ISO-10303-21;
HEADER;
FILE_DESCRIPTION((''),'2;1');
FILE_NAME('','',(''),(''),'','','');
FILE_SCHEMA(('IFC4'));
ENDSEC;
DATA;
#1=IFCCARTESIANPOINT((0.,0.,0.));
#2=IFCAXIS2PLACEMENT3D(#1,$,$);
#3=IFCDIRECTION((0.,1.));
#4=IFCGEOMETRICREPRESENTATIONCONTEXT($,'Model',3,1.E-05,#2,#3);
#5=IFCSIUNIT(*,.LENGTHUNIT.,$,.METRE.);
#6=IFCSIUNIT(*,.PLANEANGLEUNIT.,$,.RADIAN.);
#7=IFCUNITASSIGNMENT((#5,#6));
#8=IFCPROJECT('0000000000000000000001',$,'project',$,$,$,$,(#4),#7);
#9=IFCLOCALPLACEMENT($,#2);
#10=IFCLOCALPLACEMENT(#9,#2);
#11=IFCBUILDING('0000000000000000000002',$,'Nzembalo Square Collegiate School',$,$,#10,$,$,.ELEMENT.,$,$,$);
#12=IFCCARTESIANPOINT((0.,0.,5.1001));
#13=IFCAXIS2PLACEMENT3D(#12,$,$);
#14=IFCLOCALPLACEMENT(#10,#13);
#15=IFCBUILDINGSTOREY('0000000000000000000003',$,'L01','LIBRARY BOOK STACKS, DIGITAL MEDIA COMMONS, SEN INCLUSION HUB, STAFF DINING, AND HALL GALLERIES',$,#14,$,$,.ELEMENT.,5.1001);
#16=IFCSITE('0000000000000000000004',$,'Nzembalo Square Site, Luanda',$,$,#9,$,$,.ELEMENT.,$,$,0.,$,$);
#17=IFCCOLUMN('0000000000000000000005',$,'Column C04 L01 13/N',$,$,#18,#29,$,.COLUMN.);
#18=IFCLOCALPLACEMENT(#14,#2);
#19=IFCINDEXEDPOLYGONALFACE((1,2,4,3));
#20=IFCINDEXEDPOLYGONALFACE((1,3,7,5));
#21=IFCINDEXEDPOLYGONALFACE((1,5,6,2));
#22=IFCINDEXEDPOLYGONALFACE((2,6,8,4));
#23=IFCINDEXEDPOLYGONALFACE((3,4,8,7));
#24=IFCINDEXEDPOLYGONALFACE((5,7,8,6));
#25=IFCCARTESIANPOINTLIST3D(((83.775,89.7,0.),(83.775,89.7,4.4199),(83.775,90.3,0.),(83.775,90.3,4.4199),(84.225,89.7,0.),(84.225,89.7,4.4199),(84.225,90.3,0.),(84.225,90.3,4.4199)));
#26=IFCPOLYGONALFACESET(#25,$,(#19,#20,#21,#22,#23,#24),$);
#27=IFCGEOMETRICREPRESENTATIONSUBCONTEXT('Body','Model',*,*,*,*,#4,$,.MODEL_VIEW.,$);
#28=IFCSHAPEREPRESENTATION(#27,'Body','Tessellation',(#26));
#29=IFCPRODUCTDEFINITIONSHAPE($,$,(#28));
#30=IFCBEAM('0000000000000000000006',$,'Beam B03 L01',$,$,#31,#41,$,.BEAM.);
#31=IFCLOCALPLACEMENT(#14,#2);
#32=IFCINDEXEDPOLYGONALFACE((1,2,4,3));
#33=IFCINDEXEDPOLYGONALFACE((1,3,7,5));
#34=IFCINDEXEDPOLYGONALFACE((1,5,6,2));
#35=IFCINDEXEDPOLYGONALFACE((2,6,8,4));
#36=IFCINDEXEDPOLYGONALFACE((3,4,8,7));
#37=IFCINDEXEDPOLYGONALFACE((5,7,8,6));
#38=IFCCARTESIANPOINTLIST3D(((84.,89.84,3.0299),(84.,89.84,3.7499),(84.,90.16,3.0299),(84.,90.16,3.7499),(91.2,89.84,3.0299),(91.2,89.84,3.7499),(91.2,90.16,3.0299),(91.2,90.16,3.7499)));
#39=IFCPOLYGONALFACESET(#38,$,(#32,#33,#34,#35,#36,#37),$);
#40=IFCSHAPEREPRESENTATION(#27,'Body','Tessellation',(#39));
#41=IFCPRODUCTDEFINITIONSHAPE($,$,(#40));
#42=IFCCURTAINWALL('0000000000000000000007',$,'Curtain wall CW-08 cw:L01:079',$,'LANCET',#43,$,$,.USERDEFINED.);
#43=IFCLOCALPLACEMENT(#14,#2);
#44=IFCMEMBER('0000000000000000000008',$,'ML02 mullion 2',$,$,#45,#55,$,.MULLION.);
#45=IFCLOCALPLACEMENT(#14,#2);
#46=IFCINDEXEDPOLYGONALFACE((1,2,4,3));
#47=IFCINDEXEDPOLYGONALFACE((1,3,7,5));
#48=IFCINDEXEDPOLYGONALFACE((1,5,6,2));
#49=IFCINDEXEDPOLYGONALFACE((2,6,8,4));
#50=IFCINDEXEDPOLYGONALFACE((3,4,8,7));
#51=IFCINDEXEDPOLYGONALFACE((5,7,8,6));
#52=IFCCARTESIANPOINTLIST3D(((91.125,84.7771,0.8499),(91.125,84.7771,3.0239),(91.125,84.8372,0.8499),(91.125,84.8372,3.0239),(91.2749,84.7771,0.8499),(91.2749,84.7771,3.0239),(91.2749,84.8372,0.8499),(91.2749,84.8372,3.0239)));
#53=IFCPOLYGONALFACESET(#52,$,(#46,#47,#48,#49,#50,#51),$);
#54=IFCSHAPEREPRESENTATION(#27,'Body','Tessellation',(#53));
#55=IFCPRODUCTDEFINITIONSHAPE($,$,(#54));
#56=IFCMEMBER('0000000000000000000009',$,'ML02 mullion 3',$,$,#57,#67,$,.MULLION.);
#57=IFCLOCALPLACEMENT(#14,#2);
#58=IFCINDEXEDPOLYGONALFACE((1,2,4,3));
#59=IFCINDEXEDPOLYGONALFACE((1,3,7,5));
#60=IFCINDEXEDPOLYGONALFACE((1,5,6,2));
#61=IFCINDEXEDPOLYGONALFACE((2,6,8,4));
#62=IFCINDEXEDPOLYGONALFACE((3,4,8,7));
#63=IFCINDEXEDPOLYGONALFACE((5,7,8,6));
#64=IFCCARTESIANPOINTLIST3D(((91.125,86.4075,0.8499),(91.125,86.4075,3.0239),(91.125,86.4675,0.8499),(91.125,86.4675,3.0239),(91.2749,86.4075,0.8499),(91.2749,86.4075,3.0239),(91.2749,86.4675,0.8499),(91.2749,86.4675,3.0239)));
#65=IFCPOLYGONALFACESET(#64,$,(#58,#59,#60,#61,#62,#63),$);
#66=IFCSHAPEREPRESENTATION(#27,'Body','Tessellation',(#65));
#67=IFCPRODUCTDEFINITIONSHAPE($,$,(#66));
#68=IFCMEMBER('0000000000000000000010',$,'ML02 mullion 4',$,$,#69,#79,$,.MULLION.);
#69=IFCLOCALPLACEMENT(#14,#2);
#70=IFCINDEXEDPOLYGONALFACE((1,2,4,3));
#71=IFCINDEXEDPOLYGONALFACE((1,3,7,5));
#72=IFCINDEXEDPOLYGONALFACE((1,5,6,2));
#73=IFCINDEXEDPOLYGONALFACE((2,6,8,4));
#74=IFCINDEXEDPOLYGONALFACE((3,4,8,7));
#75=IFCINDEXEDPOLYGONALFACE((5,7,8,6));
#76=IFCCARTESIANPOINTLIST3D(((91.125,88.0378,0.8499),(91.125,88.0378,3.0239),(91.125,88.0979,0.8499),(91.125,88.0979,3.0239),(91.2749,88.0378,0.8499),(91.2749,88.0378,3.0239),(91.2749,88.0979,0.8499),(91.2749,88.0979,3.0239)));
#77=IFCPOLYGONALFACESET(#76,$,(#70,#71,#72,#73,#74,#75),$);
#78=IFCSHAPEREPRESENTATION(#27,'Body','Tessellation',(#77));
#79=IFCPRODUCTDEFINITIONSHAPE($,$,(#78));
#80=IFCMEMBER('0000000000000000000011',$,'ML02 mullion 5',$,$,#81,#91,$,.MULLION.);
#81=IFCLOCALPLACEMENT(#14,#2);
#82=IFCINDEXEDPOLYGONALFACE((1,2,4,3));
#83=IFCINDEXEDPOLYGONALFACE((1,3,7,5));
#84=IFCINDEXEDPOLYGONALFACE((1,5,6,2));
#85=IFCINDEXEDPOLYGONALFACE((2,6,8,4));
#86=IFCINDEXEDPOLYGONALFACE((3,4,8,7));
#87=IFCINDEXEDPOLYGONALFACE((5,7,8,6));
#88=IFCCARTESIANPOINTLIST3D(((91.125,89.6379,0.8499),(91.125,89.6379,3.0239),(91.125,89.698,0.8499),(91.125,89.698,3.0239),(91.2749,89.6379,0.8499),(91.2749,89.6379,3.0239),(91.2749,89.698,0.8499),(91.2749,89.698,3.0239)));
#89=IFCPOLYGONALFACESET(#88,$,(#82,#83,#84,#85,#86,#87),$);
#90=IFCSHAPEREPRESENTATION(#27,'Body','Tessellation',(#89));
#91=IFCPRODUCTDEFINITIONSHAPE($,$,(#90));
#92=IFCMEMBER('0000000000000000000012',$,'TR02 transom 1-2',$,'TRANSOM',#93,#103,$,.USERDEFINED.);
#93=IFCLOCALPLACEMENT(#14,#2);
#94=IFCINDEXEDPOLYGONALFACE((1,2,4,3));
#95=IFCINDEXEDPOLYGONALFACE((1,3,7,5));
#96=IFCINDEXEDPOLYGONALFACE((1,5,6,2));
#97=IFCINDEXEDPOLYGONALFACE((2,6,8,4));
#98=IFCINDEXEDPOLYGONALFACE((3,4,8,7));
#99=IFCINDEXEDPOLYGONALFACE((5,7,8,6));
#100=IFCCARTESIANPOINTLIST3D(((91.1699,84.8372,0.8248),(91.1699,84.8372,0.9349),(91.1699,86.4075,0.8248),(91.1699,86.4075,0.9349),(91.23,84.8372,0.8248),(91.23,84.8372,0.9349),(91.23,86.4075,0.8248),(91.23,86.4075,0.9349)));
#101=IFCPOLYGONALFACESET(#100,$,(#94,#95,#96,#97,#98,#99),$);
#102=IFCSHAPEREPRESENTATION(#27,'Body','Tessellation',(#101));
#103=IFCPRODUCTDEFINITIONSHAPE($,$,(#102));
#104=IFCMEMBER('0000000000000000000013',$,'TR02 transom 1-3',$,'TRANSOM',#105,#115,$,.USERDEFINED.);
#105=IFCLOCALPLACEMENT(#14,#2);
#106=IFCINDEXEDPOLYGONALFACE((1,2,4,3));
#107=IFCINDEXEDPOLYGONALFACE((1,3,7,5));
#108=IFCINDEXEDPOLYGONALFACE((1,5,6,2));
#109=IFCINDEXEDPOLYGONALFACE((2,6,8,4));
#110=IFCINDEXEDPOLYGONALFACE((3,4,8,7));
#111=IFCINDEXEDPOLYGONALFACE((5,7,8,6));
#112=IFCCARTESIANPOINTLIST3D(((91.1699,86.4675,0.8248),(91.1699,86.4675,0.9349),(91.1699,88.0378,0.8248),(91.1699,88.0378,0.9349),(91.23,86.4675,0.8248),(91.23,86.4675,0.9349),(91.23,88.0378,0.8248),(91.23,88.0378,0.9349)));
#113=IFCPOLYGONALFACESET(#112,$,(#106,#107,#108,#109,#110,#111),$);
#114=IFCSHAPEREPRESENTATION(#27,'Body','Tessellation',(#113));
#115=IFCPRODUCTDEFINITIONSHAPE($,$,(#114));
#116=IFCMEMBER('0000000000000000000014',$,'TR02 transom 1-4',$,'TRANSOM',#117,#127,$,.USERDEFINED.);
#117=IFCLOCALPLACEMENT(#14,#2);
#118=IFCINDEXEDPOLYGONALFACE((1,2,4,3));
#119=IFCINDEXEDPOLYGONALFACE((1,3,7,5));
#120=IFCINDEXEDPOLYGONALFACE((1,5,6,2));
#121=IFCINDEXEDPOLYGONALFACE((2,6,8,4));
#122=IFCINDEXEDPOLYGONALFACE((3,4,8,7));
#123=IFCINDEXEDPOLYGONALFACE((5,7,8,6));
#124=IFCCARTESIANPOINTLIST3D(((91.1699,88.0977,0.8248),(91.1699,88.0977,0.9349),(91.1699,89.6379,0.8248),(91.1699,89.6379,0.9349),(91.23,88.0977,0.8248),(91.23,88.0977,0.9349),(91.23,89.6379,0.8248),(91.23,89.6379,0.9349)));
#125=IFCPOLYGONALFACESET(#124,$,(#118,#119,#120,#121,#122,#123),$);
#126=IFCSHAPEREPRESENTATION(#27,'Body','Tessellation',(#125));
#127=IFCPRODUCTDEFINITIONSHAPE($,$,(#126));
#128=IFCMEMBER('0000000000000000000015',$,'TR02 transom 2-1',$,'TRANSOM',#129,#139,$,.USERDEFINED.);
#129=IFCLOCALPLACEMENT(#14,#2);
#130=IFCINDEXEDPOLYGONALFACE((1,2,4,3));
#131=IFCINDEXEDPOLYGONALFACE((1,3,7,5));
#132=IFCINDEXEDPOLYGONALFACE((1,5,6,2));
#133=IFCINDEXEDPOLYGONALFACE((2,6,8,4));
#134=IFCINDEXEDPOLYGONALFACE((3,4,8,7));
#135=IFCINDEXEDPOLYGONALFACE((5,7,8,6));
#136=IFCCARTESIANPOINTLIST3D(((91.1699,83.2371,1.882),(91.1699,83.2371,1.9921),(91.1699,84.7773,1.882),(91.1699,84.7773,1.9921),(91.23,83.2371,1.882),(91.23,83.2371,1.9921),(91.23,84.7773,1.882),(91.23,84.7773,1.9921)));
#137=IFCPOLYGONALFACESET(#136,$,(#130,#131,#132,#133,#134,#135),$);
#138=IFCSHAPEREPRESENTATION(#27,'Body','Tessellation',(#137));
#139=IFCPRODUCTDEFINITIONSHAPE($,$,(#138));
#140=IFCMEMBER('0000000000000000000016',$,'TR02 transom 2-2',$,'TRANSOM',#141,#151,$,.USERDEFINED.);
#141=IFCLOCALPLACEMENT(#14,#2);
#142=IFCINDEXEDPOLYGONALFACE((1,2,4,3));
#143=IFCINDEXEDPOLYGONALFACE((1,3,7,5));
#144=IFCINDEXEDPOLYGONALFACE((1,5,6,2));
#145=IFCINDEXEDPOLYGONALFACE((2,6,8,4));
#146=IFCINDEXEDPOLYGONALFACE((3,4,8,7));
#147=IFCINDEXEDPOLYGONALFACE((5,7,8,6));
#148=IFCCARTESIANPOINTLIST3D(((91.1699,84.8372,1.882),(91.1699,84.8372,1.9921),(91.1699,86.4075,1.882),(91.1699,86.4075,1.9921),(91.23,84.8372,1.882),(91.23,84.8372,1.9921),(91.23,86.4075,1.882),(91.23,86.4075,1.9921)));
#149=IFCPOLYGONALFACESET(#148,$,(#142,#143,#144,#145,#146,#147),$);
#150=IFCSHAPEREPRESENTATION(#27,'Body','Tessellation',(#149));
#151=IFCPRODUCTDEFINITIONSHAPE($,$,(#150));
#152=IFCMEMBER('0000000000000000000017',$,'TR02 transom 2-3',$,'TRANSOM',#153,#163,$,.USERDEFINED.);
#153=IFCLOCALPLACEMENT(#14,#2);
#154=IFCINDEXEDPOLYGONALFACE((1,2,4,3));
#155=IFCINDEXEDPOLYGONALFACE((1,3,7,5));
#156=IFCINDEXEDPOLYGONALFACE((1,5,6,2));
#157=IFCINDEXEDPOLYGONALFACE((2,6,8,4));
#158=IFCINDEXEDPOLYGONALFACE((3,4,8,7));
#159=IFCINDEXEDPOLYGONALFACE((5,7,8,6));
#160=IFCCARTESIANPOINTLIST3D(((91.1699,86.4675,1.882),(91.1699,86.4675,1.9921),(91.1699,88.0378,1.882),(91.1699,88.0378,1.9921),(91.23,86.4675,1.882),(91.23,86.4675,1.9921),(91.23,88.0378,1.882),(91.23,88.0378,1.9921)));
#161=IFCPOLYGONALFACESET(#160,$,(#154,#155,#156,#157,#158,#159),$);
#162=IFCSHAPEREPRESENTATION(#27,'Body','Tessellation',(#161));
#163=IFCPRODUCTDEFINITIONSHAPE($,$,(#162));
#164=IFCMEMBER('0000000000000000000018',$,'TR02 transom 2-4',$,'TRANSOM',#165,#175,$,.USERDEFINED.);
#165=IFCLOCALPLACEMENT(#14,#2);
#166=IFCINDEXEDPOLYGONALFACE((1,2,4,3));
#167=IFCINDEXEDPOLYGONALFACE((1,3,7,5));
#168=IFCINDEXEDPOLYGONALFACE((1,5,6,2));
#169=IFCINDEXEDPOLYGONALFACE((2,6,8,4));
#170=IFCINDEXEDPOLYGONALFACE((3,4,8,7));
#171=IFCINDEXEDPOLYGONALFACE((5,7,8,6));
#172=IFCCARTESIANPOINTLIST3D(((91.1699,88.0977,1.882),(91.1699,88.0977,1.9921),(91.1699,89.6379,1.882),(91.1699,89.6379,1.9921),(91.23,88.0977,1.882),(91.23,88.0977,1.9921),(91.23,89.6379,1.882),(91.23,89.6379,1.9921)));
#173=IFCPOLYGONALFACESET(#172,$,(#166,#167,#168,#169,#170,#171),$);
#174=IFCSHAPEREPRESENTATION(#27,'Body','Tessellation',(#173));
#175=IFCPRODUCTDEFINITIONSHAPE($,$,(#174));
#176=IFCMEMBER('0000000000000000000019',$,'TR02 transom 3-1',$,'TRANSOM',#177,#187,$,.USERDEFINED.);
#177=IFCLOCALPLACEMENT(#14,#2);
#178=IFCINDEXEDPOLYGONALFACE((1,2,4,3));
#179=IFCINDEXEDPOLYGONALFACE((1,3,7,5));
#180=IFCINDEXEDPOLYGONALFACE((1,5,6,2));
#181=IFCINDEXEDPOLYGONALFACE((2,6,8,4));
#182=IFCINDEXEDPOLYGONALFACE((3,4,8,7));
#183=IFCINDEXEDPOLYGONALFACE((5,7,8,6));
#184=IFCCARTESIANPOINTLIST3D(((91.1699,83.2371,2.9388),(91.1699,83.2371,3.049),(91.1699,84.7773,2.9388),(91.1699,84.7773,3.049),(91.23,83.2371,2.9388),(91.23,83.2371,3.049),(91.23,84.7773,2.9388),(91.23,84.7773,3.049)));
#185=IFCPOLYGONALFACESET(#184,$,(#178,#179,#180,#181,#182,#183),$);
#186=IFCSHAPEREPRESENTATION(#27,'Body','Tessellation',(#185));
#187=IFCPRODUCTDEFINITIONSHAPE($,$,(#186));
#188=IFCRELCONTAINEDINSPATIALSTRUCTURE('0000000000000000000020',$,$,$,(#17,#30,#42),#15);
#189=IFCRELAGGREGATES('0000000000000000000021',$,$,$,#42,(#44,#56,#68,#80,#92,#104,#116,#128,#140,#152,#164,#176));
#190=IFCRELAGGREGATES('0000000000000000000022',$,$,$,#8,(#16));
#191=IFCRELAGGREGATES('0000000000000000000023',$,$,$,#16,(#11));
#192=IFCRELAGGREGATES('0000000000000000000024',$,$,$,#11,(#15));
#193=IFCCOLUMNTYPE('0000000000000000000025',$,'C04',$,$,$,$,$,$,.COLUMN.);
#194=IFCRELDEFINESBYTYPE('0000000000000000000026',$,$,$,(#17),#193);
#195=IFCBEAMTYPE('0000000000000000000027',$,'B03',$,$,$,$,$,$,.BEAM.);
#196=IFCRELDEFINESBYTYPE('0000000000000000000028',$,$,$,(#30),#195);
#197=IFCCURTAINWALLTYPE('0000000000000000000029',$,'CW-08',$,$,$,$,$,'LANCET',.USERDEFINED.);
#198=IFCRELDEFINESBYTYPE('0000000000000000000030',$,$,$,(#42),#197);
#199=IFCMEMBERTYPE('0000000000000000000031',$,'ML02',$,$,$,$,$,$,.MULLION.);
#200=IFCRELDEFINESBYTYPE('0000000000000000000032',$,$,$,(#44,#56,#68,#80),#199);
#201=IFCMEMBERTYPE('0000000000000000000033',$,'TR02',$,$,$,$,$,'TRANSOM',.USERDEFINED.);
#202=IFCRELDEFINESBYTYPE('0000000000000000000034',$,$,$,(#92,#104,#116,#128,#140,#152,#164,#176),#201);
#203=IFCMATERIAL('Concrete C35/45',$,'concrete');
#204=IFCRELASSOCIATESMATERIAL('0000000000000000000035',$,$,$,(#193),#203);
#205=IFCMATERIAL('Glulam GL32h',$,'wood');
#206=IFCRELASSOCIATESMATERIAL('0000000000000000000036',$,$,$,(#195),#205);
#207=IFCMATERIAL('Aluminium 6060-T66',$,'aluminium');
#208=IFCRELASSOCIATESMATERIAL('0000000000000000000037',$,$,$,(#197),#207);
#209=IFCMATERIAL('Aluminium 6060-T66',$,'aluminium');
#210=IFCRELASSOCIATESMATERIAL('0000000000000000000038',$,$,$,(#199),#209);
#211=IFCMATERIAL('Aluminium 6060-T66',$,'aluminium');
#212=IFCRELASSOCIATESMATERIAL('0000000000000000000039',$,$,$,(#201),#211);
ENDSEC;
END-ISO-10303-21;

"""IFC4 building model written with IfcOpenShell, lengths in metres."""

from ifc_helpers import new_model, si_unit, direction, frame, origin, origin_2d, place, context, subcontext, project, spatial, rectangle, extrude, material, material_profile, profile_set, type_object, element, aggregate, save


model = new_model("IFC4")

# Units and contexts
model_context = context("Model", 3, precision=1e-05, world=origin(), true_north=direction((0.0, 1.0)))
body_context = subcontext(model_context, "Body", "Model", "MODEL_VIEW")
ifc_project = project(units=[si_unit("LENGTHUNIT", "METRE"), si_unit("PLANEANGLEUNIT", "RADIAN")], contexts=[model_context])

# Site, building, storey
site_placement = place(None, origin())
site = spatial("IfcSite", under=ifc_project, at=site_placement, Name="Nzembalo Square Site, Luanda", CompositionType="ELEMENT", RefElevation=0.0)
building_placement = place(site_placement, origin())
building = spatial("IfcBuilding", under=site, at=building_placement, Name="Nzembalo Square Collegiate School", CompositionType="ELEMENT")
storey_placement = place(building_placement, frame((0.0, 0.0, 5.1001)))
storey = spatial("IfcBuildingStorey", under=building, at=storey_placement, Name="L01", Description="LIBRARY BOOK STACKS, DIGITAL MEDIA COMMONS, SEN INCLUSION HUB, STAFF DINING, AND HALL GALLERIES", CompositionType="ELEMENT", Elevation=5.1001)

# Column
ifc_material_1 = material(Name="Concrete C35/45", Category="concrete")
ifc_material_profile_1 = material_profile(ifc_material_1, rectangle(XDim=0.45, YDim=0.6001, at=origin_2d()), Name="RC 450x600")
ifc_profile_set_1 = profile_set([ifc_material_profile_1], Name="Concrete C35/45")
column_type = type_object("IfcColumnType", Name="C04", PredefinedType="COLUMN", material=ifc_profile_set_1)
column_placement = place(storey_placement, frame((84.0, 90.0, 0.0), z_axis=(0.0, 0.0, 1.0), x_axis=(1.0, 0.0, 0.0)))
element("IfcColumn", 1, at=column_placement, inside=storey, type_object=column_type, Name="Column C04 L01 13/N", PredefinedType="COLUMN", context=body_context, shape_type="SweptSolid", body=[
    extrude(rectangle(XDim=0.45, YDim=0.6001, at=origin_2d()), origin(), (0.0, 0.0, 1.0), 4.4199),
])

# Beam
ifc_material_2 = material(Name="Glulam GL32h", Category="wood")
ifc_material_profile_2 = material_profile(ifc_material_2, rectangle(XDim=0.3201, YDim=0.72, at=origin_2d()), Name="GL32h 320x720")
ifc_profile_set_2 = profile_set([ifc_material_profile_2], Name="Glulam GL32h")
beam_type = type_object("IfcBeamType", Name="B03", PredefinedType="BEAM", material=ifc_profile_set_2)
beam_placement = place(storey_placement, frame((84.0, 90.0, 3.3899), z_axis=(1.0, 0.0, 0.0), x_axis=(0.0, 1.0, 0.0)))
element("IfcBeam", 2, at=beam_placement, inside=storey, type_object=beam_type, Name="Beam B03 L01", PredefinedType="BEAM", context=body_context, shape_type="SweptSolid", body=[
    extrude(rectangle(XDim=0.3201, YDim=0.72, at=origin_2d()), origin(), (0.0, 0.0, 1.0), 7.2),
])

# Curtain wall, members
ifc_material_3 = material(Name="Aluminium 6060-T66", Category="aluminium")
curtain_wall_type = type_object("IfcCurtainWallType", Name="CW-08", ElementType="LANCET", PredefinedType="USERDEFINED", material=ifc_material_3)
curtain_wall_placement = place(storey_placement, origin())
curtain_wall = element("IfcCurtainWall", 3, at=curtain_wall_placement, inside=storey, type_object=curtain_wall_type, Name="Curtain wall CW-08 cw:L01:079", ObjectType="LANCET", PredefinedType="USERDEFINED")
ifc_material_4 = material(Name="Aluminium 6060-T66", Category="aluminium")
ifc_material_profile_3 = material_profile(ifc_material_4, rectangle(XDim=0.0601, YDim=0.1499, at=origin_2d()), Name="ALU M60x150")
ifc_profile_set_3 = profile_set([ifc_material_profile_3], Name="Aluminium 6060-T66")
member_type_1 = type_object("IfcMemberType", Name="ML02", PredefinedType="MULLION", material=ifc_profile_set_3)
member_1_placement = place(storey_placement, frame((91.2, 84.8071, 0.8499), z_axis=(0.0, 0.0, 1.0), x_axis=(0.0, 1.0, 0.0)))
member_1 = element("IfcMember", 4, at=member_1_placement, type_object=member_type_1, Name="ML02 mullion 2", PredefinedType="MULLION", context=body_context, shape_type="SweptSolid", body=[
    extrude(rectangle(XDim=0.0601, YDim=0.1499, at=origin_2d()), origin(), (0.0, 0.0, 1.0), 2.1741),
])
member_2_placement = place(storey_placement, frame((91.2, 86.4375, 0.8499), z_axis=(0.0, 0.0, 1.0), x_axis=(0.0, 1.0, 0.0)))
member_2 = element("IfcMember", 5, at=member_2_placement, type_object=member_type_1, Name="ML02 mullion 3", PredefinedType="MULLION", context=body_context, shape_type="SweptSolid", body=[
    extrude(rectangle(XDim=0.0601, YDim=0.1499, at=origin_2d()), origin(), (0.0, 0.0, 1.0), 2.1741),
])
member_3_placement = place(storey_placement, frame((91.2, 88.0679, 0.8499), z_axis=(0.0, 0.0, 1.0), x_axis=(0.0, 1.0, 0.0)))
member_3 = element("IfcMember", 6, at=member_3_placement, type_object=member_type_1, Name="ML02 mullion 4", PredefinedType="MULLION", context=body_context, shape_type="SweptSolid", body=[
    extrude(rectangle(XDim=0.0601, YDim=0.1499, at=origin_2d()), origin(), (0.0, 0.0, 1.0), 2.1741),
])
member_4_placement = place(storey_placement, frame((91.2, 89.668, 0.8499), z_axis=(0.0, 0.0, 1.0), x_axis=(0.0, 1.0, 0.0)))
member_4 = element("IfcMember", 7, at=member_4_placement, type_object=member_type_1, Name="ML02 mullion 5", PredefinedType="MULLION", context=body_context, shape_type="SweptSolid", body=[
    extrude(rectangle(XDim=0.0601, YDim=0.1499, at=origin_2d()), origin(), (0.0, 0.0, 1.0), 2.1741),
])
ifc_material_5 = material(Name="Aluminium 6060-T66", Category="aluminium")
ifc_material_profile_4 = material_profile(ifc_material_5, rectangle(XDim=0.0601, YDim=0.1101, at=origin_2d()), Name="ALU T60x110")
ifc_profile_set_4 = profile_set([ifc_material_profile_4], Name="Aluminium 6060-T66")
member_type_2 = type_object("IfcMemberType", Name="TR02", ElementType="TRANSOM", PredefinedType="USERDEFINED", material=ifc_profile_set_4)
member_5_placement = place(storey_placement, frame((91.2, 84.8372, 0.8799), z_axis=(0.0, 1.0, 0.0), x_axis=(-1.0, 0.0, 0.0)))
member_5 = element("IfcMember", 8, at=member_5_placement, type_object=member_type_2, Name="TR02 transom 1-2", ObjectType="TRANSOM", PredefinedType="USERDEFINED", context=body_context, shape_type="SweptSolid", body=[
    extrude(rectangle(XDim=0.0601, YDim=0.1101, at=origin_2d()), origin(), (0.0, 0.0, 1.0), 1.5703),
])
member_6_placement = place(storey_placement, frame((91.2, 86.4675, 0.8799), z_axis=(0.0, 1.0, 0.0), x_axis=(-1.0, 0.0, 0.0)))
member_6 = element("IfcMember", 9, at=member_6_placement, type_object=member_type_2, Name="TR02 transom 1-3", ObjectType="TRANSOM", PredefinedType="USERDEFINED", context=body_context, shape_type="SweptSolid", body=[
    extrude(rectangle(XDim=0.0601, YDim=0.1101, at=origin_2d()), origin(), (0.0, 0.0, 1.0), 1.5703),
])
member_7_placement = place(storey_placement, frame((91.2, 88.0977, 0.8799), z_axis=(0.0, 1.0, 0.0), x_axis=(-1.0, 0.0, 0.0)))
member_7 = element("IfcMember", 10, at=member_7_placement, type_object=member_type_2, Name="TR02 transom 1-4", ObjectType="TRANSOM", PredefinedType="USERDEFINED", context=body_context, shape_type="SweptSolid", body=[
    extrude(rectangle(XDim=0.0601, YDim=0.1101, at=origin_2d()), origin(), (0.0, 0.0, 1.0), 1.5403),
])
member_8_placement = place(storey_placement, frame((91.2, 83.2371, 1.937), z_axis=(0.0, 1.0, 0.0), x_axis=(-1.0, 0.0, 0.0)))
member_8 = element("IfcMember", 11, at=member_8_placement, type_object=member_type_2, Name="TR02 transom 2-1", ObjectType="TRANSOM", PredefinedType="USERDEFINED", context=body_context, shape_type="SweptSolid", body=[
    extrude(rectangle(XDim=0.0601, YDim=0.1101, at=origin_2d()), origin(), (0.0, 0.0, 1.0), 1.5403),
])
member_9_placement = place(storey_placement, frame((91.2, 84.8372, 1.937), z_axis=(0.0, 1.0, 0.0), x_axis=(-1.0, 0.0, 0.0)))
member_9 = element("IfcMember", 12, at=member_9_placement, type_object=member_type_2, Name="TR02 transom 2-2", ObjectType="TRANSOM", PredefinedType="USERDEFINED", context=body_context, shape_type="SweptSolid", body=[
    extrude(rectangle(XDim=0.0601, YDim=0.1101, at=origin_2d()), origin(), (0.0, 0.0, 1.0), 1.5703),
])
member_10_placement = place(storey_placement, frame((91.2, 86.4675, 1.937), z_axis=(0.0, 1.0, 0.0), x_axis=(-1.0, 0.0, 0.0)))
member_10 = element("IfcMember", 13, at=member_10_placement, type_object=member_type_2, Name="TR02 transom 2-3", ObjectType="TRANSOM", PredefinedType="USERDEFINED", context=body_context, shape_type="SweptSolid", body=[
    extrude(rectangle(XDim=0.0601, YDim=0.1101, at=origin_2d()), origin(), (0.0, 0.0, 1.0), 1.5703),
])
member_11_placement = place(storey_placement, frame((91.2, 88.0977, 1.937), z_axis=(0.0, 1.0, 0.0), x_axis=(-1.0, 0.0, 0.0)))
member_11 = element("IfcMember", 14, at=member_11_placement, type_object=member_type_2, Name="TR02 transom 2-4", ObjectType="TRANSOM", PredefinedType="USERDEFINED", context=body_context, shape_type="SweptSolid", body=[
    extrude(rectangle(XDim=0.0601, YDim=0.1101, at=origin_2d()), origin(), (0.0, 0.0, 1.0), 1.5403),
])
member_12_placement = place(storey_placement, frame((91.2, 83.2371, 2.9939), z_axis=(0.0, 1.0, 0.0), x_axis=(-1.0, 0.0, 0.0)))
member_12 = element("IfcMember", 15, at=member_12_placement, type_object=member_type_2, Name="TR02 transom 3-1", ObjectType="TRANSOM", PredefinedType="USERDEFINED", context=body_context, shape_type="SweptSolid", body=[
    extrude(rectangle(XDim=0.0601, YDim=0.1101, at=origin_2d()), origin(), (0.0, 0.0, 1.0), 1.5403),
])
aggregate(curtain_wall, [member_1, member_2, member_3, member_4, member_5, member_6, member_7, member_8, member_9, member_10, member_11, member_12])

save(model, "model.ifc")
